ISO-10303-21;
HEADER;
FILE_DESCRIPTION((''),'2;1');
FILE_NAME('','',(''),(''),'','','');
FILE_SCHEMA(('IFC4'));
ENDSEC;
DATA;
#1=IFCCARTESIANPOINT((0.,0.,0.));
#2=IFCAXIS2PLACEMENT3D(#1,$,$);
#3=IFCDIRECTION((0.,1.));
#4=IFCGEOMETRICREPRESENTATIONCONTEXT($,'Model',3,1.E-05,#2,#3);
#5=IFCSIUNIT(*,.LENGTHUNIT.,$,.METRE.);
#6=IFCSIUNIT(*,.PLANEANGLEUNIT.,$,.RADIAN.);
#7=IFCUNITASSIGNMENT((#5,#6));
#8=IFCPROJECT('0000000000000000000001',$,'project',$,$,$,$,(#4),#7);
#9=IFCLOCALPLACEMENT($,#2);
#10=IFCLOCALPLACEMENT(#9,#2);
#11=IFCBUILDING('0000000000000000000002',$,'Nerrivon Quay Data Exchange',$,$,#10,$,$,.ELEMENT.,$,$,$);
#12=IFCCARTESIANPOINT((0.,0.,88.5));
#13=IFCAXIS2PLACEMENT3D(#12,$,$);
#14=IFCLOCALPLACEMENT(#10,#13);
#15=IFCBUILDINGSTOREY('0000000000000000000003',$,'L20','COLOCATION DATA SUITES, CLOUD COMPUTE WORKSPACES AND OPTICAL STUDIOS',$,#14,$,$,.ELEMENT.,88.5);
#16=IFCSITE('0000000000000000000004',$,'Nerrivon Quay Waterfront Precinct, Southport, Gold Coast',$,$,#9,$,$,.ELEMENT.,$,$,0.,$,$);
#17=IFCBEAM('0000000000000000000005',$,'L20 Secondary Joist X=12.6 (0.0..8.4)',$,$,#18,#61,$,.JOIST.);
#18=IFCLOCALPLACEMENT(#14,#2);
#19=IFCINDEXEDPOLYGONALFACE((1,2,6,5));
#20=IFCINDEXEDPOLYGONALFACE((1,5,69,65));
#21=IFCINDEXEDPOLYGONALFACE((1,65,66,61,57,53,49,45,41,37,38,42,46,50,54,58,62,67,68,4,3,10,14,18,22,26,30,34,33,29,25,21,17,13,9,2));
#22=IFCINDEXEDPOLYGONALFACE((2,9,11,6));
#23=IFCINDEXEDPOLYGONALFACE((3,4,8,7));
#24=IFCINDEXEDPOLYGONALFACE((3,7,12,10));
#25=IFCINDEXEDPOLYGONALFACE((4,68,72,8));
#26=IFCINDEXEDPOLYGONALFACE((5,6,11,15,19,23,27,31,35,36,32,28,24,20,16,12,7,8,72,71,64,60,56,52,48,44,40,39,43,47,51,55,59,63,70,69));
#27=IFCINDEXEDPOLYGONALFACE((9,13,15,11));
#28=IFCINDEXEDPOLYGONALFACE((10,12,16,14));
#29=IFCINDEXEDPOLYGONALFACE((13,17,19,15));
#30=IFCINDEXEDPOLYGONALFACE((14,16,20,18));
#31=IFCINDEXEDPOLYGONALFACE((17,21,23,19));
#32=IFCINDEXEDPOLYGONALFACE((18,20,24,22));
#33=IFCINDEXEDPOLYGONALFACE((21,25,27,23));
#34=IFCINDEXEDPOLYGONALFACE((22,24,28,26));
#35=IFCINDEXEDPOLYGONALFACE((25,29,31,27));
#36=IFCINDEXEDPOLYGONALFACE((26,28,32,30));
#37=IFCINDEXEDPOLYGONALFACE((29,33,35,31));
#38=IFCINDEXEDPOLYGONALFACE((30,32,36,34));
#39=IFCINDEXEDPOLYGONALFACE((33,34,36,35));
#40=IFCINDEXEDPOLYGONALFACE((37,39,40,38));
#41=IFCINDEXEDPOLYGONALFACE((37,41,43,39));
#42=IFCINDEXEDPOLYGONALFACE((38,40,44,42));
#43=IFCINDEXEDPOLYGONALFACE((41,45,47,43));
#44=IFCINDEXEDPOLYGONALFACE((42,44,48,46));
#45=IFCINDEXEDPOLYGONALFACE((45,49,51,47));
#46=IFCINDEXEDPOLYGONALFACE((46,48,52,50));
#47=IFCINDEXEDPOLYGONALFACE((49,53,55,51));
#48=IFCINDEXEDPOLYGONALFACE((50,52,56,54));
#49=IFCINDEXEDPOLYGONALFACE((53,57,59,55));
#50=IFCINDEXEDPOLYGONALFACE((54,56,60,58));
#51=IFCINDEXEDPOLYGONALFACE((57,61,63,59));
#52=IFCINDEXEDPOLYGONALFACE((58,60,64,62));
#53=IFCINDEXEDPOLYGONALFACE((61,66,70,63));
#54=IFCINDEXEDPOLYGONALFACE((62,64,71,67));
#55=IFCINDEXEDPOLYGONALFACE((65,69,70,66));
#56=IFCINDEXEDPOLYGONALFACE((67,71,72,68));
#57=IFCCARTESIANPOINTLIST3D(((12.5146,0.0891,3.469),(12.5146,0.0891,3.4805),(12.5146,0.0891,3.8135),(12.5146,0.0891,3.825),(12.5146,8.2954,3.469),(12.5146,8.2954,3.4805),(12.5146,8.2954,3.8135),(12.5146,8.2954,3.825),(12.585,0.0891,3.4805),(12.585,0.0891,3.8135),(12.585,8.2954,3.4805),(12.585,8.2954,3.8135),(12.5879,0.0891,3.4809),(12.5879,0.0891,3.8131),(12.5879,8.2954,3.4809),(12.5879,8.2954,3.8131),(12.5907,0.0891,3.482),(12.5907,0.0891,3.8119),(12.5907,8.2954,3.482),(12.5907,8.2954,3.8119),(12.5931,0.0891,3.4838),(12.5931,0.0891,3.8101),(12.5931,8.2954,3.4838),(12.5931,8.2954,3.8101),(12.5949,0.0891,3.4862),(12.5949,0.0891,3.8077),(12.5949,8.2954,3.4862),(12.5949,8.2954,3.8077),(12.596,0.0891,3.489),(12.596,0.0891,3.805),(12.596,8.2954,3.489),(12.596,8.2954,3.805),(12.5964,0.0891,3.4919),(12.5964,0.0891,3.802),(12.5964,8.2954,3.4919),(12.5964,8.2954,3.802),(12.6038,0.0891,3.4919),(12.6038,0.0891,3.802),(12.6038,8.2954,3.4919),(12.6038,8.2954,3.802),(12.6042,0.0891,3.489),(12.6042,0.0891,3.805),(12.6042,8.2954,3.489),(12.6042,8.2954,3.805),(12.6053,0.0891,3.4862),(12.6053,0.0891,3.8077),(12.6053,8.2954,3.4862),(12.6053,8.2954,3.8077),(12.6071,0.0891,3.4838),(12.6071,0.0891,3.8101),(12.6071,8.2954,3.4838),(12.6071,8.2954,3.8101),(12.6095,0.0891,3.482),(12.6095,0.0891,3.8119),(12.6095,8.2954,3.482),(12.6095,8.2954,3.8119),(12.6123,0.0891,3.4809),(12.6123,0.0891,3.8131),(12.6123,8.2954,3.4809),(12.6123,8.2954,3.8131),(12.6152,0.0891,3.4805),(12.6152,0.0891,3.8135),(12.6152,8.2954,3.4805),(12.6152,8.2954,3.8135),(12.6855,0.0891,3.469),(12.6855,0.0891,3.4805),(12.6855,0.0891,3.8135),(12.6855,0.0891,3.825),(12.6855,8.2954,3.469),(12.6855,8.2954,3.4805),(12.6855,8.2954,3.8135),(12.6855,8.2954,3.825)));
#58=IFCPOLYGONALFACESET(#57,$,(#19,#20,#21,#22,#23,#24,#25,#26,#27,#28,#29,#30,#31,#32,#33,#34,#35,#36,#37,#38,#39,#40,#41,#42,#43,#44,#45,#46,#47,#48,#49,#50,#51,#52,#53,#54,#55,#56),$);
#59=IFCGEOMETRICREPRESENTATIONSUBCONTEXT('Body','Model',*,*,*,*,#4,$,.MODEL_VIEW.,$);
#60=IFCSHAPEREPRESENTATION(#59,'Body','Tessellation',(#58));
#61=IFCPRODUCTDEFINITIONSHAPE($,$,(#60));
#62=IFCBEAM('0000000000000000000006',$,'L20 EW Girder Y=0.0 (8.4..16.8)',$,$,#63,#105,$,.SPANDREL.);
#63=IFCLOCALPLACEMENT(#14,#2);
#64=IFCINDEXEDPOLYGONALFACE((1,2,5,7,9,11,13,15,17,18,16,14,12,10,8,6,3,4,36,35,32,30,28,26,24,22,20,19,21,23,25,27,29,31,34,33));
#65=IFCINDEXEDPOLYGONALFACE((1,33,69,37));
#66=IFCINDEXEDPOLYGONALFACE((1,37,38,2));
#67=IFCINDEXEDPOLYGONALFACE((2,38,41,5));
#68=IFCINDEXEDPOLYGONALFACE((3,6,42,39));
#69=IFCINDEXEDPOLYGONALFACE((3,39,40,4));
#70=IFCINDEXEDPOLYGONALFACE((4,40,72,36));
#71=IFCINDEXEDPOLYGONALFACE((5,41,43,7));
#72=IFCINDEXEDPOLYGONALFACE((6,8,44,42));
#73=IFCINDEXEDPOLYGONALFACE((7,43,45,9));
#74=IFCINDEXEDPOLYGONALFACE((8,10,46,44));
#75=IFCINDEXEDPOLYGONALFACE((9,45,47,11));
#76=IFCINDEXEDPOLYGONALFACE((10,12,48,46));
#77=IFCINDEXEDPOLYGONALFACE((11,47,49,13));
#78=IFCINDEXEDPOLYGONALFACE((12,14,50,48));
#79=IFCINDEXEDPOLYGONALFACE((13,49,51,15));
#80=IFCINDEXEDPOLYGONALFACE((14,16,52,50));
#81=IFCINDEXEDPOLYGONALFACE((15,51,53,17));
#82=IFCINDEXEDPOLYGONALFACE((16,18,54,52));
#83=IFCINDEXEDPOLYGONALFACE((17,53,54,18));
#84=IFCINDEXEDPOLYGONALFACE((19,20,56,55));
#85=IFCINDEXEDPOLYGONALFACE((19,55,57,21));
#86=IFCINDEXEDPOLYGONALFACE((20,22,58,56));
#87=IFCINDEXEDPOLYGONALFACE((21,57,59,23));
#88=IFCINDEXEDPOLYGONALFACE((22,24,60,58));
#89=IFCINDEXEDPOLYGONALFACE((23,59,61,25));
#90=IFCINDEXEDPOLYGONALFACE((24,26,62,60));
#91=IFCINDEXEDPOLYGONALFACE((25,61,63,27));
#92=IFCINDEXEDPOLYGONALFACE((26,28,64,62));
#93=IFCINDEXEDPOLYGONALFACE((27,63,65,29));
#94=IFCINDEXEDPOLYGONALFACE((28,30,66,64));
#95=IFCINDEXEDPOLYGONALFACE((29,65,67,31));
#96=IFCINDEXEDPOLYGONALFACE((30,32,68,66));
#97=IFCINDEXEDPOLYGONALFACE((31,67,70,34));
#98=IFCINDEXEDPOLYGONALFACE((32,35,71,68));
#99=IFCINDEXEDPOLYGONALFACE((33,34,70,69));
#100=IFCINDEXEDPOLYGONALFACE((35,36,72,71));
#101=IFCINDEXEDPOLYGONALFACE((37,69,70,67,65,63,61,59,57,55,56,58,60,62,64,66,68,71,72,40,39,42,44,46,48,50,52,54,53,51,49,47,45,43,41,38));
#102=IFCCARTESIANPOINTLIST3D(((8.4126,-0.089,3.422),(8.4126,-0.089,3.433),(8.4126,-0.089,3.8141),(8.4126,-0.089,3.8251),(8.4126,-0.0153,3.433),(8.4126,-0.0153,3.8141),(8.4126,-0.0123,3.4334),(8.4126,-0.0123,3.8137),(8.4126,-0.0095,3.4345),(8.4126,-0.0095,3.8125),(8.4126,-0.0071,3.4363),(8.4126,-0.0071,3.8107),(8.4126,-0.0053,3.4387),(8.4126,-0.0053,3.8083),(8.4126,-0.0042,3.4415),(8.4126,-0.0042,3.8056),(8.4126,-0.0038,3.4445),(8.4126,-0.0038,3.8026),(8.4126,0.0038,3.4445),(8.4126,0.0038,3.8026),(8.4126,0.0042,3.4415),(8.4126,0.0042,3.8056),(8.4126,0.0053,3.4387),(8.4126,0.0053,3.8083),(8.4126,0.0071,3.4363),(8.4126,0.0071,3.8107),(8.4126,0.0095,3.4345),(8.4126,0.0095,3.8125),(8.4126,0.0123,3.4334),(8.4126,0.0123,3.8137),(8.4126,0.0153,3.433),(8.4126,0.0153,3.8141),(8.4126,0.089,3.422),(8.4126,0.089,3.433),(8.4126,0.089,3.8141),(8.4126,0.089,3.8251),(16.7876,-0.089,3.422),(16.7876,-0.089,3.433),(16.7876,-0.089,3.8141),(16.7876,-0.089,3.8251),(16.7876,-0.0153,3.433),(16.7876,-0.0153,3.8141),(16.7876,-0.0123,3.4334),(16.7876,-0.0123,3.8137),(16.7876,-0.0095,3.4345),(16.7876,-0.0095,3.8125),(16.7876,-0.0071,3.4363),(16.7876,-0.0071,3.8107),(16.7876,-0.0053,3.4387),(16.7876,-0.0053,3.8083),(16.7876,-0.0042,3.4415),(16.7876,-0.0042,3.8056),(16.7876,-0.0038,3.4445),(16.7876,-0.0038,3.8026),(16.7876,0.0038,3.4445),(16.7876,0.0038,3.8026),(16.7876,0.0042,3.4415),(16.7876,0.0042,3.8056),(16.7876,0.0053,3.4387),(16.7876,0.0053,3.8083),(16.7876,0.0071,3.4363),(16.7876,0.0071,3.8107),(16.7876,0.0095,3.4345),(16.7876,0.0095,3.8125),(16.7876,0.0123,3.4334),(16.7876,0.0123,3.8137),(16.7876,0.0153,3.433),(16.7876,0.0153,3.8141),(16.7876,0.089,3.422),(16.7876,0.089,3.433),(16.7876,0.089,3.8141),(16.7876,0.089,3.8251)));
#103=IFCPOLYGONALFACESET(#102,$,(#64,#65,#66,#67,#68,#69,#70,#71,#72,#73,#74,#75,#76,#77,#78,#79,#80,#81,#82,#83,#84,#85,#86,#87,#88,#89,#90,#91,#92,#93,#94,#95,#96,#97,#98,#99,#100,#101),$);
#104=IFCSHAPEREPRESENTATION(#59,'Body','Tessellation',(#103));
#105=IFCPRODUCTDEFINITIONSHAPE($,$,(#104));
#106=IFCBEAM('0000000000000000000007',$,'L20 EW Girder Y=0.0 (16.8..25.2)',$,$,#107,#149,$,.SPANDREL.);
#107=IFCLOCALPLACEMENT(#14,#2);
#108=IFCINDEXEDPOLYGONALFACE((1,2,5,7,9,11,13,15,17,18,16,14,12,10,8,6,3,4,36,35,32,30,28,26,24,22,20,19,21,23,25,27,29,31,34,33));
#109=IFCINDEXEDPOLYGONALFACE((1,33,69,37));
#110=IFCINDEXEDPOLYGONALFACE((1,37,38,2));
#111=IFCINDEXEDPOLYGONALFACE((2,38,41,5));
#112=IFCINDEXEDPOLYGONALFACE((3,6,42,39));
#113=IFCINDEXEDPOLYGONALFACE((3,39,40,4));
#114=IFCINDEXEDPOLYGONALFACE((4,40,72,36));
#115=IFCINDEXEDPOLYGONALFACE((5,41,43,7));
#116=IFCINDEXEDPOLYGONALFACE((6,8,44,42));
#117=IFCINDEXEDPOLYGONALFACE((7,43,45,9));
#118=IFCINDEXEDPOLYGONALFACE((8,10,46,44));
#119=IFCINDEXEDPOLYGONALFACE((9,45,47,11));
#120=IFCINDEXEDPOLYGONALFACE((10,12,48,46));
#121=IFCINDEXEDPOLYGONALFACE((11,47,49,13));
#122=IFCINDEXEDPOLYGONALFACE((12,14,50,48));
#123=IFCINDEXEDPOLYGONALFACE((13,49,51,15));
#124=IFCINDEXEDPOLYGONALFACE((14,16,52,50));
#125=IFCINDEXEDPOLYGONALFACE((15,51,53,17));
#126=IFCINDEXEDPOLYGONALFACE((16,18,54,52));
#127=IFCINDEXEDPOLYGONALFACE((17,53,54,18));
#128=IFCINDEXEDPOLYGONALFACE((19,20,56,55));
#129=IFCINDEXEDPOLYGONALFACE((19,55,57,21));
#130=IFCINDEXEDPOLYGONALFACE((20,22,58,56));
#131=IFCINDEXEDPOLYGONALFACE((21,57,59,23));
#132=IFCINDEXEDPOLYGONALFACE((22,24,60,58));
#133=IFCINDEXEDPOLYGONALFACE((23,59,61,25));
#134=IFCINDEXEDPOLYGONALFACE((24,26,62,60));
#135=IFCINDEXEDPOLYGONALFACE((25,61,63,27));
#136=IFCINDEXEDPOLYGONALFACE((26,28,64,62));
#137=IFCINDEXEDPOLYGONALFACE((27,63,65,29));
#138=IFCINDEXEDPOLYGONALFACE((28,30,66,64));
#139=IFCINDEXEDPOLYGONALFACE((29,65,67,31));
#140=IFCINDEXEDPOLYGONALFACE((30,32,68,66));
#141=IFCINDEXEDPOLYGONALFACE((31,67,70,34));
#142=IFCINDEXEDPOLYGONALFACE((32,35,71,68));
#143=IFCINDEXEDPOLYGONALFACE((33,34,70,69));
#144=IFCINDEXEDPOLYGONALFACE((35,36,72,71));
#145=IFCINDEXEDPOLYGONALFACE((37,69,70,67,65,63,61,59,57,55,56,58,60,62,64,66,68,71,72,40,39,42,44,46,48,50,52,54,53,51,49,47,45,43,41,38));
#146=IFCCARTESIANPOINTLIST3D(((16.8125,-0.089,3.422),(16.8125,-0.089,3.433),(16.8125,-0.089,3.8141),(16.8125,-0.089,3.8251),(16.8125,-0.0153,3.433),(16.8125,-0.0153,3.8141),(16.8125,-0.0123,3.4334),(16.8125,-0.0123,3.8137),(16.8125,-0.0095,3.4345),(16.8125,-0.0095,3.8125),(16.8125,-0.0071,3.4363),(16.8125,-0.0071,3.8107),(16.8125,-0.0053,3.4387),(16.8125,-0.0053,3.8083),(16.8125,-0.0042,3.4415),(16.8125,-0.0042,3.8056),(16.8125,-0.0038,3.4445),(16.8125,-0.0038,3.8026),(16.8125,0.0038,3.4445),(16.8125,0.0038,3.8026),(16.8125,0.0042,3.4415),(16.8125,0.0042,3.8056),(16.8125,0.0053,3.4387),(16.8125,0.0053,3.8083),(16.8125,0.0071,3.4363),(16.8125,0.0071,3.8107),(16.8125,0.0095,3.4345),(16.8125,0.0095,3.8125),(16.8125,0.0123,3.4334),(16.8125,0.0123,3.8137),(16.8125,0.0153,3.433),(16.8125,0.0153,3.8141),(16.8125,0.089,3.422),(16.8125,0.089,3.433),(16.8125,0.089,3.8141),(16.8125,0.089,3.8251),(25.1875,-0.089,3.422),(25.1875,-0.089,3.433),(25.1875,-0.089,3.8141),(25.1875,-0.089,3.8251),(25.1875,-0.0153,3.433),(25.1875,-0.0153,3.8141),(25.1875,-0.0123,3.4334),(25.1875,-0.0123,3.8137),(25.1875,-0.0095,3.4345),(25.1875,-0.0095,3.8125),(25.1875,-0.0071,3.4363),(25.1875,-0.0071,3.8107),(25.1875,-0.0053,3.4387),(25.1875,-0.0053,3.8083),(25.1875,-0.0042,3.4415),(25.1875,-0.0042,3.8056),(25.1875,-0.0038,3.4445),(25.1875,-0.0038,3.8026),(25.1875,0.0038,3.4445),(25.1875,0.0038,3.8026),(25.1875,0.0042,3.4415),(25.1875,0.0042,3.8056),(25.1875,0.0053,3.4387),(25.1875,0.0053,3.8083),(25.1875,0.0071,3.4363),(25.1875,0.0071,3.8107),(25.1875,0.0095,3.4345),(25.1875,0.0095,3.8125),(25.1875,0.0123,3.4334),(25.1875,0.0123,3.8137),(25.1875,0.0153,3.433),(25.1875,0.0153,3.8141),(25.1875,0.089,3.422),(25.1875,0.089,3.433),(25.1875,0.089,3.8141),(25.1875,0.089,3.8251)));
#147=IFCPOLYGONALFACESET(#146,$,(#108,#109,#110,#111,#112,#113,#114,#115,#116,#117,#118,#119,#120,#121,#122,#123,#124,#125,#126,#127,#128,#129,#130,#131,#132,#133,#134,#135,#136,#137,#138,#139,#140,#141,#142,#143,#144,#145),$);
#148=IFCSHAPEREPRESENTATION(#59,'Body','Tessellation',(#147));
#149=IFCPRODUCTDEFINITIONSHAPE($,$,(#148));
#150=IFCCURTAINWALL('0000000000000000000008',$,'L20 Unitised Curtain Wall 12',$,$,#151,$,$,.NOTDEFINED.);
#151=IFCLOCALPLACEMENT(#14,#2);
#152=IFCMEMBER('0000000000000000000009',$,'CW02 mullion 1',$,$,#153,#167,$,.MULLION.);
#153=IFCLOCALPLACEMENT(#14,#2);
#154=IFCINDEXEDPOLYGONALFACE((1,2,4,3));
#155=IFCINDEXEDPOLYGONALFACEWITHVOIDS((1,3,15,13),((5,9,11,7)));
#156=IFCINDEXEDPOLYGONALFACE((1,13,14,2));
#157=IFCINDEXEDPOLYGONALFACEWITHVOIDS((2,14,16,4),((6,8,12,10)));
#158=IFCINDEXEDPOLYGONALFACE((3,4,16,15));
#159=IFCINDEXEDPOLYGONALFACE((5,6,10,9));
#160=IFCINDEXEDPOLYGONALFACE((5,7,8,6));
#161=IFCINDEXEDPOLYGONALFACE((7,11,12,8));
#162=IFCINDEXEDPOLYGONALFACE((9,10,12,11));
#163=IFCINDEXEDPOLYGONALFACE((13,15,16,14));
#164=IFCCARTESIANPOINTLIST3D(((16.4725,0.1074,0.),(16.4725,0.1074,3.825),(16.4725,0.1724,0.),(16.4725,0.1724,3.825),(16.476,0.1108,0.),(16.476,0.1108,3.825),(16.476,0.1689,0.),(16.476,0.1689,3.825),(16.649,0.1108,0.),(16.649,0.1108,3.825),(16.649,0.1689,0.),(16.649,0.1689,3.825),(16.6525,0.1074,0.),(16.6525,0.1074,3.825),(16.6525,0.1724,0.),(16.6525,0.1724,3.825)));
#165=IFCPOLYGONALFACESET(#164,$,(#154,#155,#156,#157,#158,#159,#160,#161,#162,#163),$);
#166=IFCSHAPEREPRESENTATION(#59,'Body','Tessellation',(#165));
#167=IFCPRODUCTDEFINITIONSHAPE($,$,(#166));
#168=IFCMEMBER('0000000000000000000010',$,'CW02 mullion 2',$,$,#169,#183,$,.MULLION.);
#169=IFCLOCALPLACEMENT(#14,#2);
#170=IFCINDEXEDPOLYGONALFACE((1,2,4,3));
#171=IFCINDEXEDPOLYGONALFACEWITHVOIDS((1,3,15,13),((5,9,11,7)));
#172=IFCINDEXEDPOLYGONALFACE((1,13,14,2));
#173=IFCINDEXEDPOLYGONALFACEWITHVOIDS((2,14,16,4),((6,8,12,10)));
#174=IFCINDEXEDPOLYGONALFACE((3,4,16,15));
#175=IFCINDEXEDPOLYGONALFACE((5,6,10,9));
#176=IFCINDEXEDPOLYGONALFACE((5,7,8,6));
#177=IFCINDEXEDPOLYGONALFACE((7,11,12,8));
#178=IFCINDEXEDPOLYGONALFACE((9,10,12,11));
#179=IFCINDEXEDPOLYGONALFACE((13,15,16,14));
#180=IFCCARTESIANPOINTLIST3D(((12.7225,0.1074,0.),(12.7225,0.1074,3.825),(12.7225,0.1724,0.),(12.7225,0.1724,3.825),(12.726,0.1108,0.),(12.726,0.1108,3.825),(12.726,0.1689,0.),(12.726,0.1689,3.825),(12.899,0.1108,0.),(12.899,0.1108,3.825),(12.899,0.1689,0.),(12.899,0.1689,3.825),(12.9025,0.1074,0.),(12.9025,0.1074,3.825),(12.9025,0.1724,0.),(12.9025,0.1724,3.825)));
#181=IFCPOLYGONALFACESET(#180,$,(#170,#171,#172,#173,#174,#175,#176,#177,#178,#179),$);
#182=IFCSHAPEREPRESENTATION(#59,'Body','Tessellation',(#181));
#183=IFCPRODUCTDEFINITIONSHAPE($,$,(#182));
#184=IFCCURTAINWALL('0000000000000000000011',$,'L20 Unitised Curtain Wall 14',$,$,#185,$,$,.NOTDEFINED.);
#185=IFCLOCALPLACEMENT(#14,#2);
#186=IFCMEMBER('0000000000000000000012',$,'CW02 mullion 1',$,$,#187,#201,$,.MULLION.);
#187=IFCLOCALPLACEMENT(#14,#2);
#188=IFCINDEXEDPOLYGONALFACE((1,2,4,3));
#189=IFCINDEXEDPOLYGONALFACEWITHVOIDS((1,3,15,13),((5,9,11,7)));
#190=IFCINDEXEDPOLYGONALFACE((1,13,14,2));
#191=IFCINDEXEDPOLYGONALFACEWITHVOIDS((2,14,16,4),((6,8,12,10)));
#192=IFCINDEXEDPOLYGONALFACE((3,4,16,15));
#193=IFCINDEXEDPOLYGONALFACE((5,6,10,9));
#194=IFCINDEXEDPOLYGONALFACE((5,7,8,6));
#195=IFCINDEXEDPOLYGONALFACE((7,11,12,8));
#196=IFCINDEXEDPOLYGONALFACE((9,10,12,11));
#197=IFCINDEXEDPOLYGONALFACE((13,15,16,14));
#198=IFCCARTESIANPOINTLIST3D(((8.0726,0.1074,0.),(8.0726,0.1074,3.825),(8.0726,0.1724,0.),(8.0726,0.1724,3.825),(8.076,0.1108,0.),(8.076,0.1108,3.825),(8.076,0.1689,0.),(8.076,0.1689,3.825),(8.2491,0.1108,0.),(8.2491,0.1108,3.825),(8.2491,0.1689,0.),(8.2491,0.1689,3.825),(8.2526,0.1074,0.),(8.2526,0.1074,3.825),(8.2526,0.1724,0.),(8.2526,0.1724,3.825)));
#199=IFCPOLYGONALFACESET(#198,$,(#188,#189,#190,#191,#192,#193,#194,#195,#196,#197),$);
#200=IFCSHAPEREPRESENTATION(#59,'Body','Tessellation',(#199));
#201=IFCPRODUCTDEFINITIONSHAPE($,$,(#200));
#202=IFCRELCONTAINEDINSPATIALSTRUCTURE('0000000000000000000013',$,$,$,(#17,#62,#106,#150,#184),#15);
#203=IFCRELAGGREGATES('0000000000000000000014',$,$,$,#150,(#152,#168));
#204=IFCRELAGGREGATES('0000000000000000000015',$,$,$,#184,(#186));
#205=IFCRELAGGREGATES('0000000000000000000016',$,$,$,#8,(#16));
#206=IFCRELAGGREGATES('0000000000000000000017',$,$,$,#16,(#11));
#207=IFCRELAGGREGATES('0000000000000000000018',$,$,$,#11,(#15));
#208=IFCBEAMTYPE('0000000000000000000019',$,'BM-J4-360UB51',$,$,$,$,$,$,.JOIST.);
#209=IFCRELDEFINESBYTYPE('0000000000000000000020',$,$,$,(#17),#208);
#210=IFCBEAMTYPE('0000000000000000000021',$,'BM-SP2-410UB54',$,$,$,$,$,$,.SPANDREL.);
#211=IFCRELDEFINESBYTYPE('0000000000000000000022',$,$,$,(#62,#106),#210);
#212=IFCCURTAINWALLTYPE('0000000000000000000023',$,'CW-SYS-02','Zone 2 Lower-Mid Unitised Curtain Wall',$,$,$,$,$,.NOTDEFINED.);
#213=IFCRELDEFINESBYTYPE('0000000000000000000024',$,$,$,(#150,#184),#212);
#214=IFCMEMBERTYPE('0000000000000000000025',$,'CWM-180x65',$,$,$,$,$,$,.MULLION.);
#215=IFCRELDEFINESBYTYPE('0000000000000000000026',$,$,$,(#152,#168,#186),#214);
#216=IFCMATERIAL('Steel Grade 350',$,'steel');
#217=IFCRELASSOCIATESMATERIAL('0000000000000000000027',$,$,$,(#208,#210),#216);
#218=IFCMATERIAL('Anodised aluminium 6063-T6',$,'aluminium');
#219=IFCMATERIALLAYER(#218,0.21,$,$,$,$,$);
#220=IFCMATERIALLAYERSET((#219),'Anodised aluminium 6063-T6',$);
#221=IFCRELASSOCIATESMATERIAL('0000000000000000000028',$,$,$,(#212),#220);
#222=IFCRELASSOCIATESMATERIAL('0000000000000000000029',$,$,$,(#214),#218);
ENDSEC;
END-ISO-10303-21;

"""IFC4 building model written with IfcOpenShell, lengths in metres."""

from ifc_helpers import new_model, si_unit, direction, frame, origin, origin_2d, place, context, subcontext, project, spatial, hollow_rectangle, i_section, extrude, material, layer, layer_set, material_profile, profile_set, type_object, element, aggregate, save


model = new_model("IFC4")

# Units and contexts
model_context = context("Model", 3, precision=1e-05, world=origin(), true_north=direction((0.0, 1.0)))
body_context = subcontext(model_context, "Body", "Model", "MODEL_VIEW")
ifc_project = project(units=[si_unit("LENGTHUNIT", "METRE"), si_unit("PLANEANGLEUNIT", "RADIAN")], contexts=[model_context])

# Site, building, storey
site_placement = place(None, origin())
site = spatial("IfcSite", under=ifc_project, at=site_placement, Name="Nerrivon Quay Waterfront Precinct, Southport, Gold Coast", CompositionType="ELEMENT", RefElevation=0.0)
building_placement = place(site_placement, origin())
building = spatial("IfcBuilding", under=site, at=building_placement, Name="Nerrivon Quay Data Exchange", CompositionType="ELEMENT")
storey_placement = place(building_placement, frame((0.0, 0.0, 88.5)))
storey = spatial("IfcBuildingStorey", under=building, at=storey_placement, Name="L20", Description="COLOCATION DATA SUITES, CLOUD COMPUTE WORKSPACES AND OPTICAL STUDIOS", CompositionType="ELEMENT", Elevation=88.5)

# Shared definitions
ifc_material_1 = material(Name="Steel Grade 350", Category="steel")

# Beams
ifc_material_profile_1 = material_profile(ifc_material_1, i_section(OverallWidth=0.1709, OverallDepth=0.356, WebThickness=0.0073, FlangeThickness=0.0115, FilletRadius=0.0115, at=origin_2d()), Name="360UB50.7")
ifc_profile_set_1 = profile_set([ifc_material_profile_1], Name="Steel Grade 350")
beam_type_1 = type_object("IfcBeamType", Name="BM-J4-360UB51", PredefinedType="JOIST", material=ifc_profile_set_1)
beam_1_placement = place(storey_placement, frame((12.6001, 0.0891, 3.647), z_axis=(0.0, 1.0, 0.0), x_axis=(-1.0, 0.0, 0.0)))
element("IfcBeam", 1, at=beam_1_placement, inside=storey, type_object=beam_type_1, Name="L20 Secondary Joist X=12.6 (0.0..8.4)", PredefinedType="JOIST", context=body_context, shape_type="SweptSolid", body=[
    extrude(i_section(OverallWidth=0.1709, OverallDepth=0.356, WebThickness=0.0073, FlangeThickness=0.0115, FilletRadius=0.0115, at=origin_2d()), origin(), (0.0, 0.0, 1.0), 8.2063),
])
ifc_material_profile_2 = material_profile(ifc_material_1, i_section(OverallWidth=0.178, OverallDepth=0.4031, WebThickness=0.0076, FlangeThickness=0.011, FilletRadius=0.0115, at=origin_2d()), Name="410UB53.7")
ifc_profile_set_2 = profile_set([ifc_material_profile_2], Name="Steel Grade 350")
beam_type_2 = type_object("IfcBeamType", Name="BM-SP2-410UB54", PredefinedType="SPANDREL", material=ifc_profile_set_2)
for number, where, z_axis, x_axis, name in (
    (2, (8.4126, 0.0, 3.6235), (1.0, 0.0, 0.0), (0.0, 1.0, 0.0), "L20 EW Girder Y=0.0 (8.4..16.8)"),
    (3, (16.8125, 0.0, 3.6235), (1.0, 0.0, 0.0), (0.0, 1.0, 0.0), "L20 EW Girder Y=0.0 (16.8..25.2)"),
):
    element("IfcBeam", number, at=place(storey_placement, frame(where, z_axis=z_axis, x_axis=x_axis)), inside=storey, type_object=beam_type_2, Name=name, PredefinedType="SPANDREL", context=body_context, shape_type="SweptSolid", body=[
        extrude(i_section(OverallWidth=0.178, OverallDepth=0.4031, WebThickness=0.0076, FlangeThickness=0.011, FilletRadius=0.0115, at=origin_2d()), origin(), (0.0, 0.0, 1.0), 8.375),
    ])

# Curtain wall, members
ifc_material_2 = material(Name="Anodised aluminium 6063-T6", Category="aluminium")
ifc_layer_1 = layer(ifc_material_2, 0.21)
ifc_layer_set_1 = layer_set([ifc_layer_1], Name="Anodised aluminium 6063-T6")
curtain_wall_type = type_object("IfcCurtainWallType", Name="CW-SYS-02", Description="Zone 2 Lower-Mid Unitised Curtain Wall", PredefinedType="NOTDEFINED", material=ifc_layer_set_1)
curtain_wall_1_placement = place(storey_placement, origin())
curtain_wall_1 = element("IfcCurtainWall", 4, at=curtain_wall_1_placement, inside=storey, type_object=curtain_wall_type, Name="L20 Unitised Curtain Wall 12", PredefinedType="NOTDEFINED")
ifc_material_profile_3 = material_profile(ifc_material_2, hollow_rectangle(XDim=0.0649, YDim=0.1799, WallThickness=0.0034, at=origin_2d()), Name="ALU-MULL-180x65")
ifc_profile_set_3 = profile_set([ifc_material_profile_3], Name="Anodised aluminium 6063-T6")
member_type_1 = type_object("IfcMemberType", Name="CWM-180x65", PredefinedType="MULLION", material=ifc_profile_set_3)
member_1_placement = place(storey_placement, frame((16.5625, 0.1399, 0.0), z_axis=(0.0, 0.0, 1.0), x_axis=(0.0, -1.0, 0.0)))
member_1 = element("IfcMember", 5, at=member_1_placement, type_object=member_type_1, Name="CW02 mullion 1", PredefinedType="MULLION", context=body_context, shape_type="SweptSolid", body=[
    extrude(hollow_rectangle(XDim=0.0649, YDim=0.1799, WallThickness=0.0034, at=origin_2d()), origin(), (0.0, 0.0, 1.0), 3.825),
])
member_2_placement = place(storey_placement, frame((12.8125, 0.1399, 0.0), z_axis=(0.0, 0.0, 1.0), x_axis=(0.0, -1.0, 0.0)))
member_2 = element("IfcMember", 6, at=member_2_placement, type_object=member_type_1, Name="CW02 mullion 2", PredefinedType="MULLION", context=body_context, shape_type="SweptSolid", body=[
    extrude(hollow_rectangle(XDim=0.0649, YDim=0.1799, WallThickness=0.0034, at=origin_2d()), origin(), (0.0, 0.0, 1.0), 3.825),
])

# Curtain wall, member
curtain_wall_2_placement = place(storey_placement, origin())
curtain_wall_2 = element("IfcCurtainWall", 7, at=curtain_wall_2_placement, inside=storey, type_object=curtain_wall_type, Name="L20 Unitised Curtain Wall 14", PredefinedType="NOTDEFINED")
member_3_placement = place(storey_placement, frame((8.1626, 0.1399, 0.0), z_axis=(0.0, 0.0, 1.0), x_axis=(0.0, -1.0, 0.0)))
member_3 = element("IfcMember", 8, at=member_3_placement, type_object=member_type_1, Name="CW02 mullion 1", PredefinedType="MULLION", context=body_context, shape_type="SweptSolid", body=[
    extrude(hollow_rectangle(XDim=0.0649, YDim=0.1799, WallThickness=0.0034, at=origin_2d()), origin(), (0.0, 0.0, 1.0), 3.825),
])

aggregate(curtain_wall_1, [member_1, member_2])
aggregate(curtain_wall_2, [member_3])

save(model, "model.ifc")
